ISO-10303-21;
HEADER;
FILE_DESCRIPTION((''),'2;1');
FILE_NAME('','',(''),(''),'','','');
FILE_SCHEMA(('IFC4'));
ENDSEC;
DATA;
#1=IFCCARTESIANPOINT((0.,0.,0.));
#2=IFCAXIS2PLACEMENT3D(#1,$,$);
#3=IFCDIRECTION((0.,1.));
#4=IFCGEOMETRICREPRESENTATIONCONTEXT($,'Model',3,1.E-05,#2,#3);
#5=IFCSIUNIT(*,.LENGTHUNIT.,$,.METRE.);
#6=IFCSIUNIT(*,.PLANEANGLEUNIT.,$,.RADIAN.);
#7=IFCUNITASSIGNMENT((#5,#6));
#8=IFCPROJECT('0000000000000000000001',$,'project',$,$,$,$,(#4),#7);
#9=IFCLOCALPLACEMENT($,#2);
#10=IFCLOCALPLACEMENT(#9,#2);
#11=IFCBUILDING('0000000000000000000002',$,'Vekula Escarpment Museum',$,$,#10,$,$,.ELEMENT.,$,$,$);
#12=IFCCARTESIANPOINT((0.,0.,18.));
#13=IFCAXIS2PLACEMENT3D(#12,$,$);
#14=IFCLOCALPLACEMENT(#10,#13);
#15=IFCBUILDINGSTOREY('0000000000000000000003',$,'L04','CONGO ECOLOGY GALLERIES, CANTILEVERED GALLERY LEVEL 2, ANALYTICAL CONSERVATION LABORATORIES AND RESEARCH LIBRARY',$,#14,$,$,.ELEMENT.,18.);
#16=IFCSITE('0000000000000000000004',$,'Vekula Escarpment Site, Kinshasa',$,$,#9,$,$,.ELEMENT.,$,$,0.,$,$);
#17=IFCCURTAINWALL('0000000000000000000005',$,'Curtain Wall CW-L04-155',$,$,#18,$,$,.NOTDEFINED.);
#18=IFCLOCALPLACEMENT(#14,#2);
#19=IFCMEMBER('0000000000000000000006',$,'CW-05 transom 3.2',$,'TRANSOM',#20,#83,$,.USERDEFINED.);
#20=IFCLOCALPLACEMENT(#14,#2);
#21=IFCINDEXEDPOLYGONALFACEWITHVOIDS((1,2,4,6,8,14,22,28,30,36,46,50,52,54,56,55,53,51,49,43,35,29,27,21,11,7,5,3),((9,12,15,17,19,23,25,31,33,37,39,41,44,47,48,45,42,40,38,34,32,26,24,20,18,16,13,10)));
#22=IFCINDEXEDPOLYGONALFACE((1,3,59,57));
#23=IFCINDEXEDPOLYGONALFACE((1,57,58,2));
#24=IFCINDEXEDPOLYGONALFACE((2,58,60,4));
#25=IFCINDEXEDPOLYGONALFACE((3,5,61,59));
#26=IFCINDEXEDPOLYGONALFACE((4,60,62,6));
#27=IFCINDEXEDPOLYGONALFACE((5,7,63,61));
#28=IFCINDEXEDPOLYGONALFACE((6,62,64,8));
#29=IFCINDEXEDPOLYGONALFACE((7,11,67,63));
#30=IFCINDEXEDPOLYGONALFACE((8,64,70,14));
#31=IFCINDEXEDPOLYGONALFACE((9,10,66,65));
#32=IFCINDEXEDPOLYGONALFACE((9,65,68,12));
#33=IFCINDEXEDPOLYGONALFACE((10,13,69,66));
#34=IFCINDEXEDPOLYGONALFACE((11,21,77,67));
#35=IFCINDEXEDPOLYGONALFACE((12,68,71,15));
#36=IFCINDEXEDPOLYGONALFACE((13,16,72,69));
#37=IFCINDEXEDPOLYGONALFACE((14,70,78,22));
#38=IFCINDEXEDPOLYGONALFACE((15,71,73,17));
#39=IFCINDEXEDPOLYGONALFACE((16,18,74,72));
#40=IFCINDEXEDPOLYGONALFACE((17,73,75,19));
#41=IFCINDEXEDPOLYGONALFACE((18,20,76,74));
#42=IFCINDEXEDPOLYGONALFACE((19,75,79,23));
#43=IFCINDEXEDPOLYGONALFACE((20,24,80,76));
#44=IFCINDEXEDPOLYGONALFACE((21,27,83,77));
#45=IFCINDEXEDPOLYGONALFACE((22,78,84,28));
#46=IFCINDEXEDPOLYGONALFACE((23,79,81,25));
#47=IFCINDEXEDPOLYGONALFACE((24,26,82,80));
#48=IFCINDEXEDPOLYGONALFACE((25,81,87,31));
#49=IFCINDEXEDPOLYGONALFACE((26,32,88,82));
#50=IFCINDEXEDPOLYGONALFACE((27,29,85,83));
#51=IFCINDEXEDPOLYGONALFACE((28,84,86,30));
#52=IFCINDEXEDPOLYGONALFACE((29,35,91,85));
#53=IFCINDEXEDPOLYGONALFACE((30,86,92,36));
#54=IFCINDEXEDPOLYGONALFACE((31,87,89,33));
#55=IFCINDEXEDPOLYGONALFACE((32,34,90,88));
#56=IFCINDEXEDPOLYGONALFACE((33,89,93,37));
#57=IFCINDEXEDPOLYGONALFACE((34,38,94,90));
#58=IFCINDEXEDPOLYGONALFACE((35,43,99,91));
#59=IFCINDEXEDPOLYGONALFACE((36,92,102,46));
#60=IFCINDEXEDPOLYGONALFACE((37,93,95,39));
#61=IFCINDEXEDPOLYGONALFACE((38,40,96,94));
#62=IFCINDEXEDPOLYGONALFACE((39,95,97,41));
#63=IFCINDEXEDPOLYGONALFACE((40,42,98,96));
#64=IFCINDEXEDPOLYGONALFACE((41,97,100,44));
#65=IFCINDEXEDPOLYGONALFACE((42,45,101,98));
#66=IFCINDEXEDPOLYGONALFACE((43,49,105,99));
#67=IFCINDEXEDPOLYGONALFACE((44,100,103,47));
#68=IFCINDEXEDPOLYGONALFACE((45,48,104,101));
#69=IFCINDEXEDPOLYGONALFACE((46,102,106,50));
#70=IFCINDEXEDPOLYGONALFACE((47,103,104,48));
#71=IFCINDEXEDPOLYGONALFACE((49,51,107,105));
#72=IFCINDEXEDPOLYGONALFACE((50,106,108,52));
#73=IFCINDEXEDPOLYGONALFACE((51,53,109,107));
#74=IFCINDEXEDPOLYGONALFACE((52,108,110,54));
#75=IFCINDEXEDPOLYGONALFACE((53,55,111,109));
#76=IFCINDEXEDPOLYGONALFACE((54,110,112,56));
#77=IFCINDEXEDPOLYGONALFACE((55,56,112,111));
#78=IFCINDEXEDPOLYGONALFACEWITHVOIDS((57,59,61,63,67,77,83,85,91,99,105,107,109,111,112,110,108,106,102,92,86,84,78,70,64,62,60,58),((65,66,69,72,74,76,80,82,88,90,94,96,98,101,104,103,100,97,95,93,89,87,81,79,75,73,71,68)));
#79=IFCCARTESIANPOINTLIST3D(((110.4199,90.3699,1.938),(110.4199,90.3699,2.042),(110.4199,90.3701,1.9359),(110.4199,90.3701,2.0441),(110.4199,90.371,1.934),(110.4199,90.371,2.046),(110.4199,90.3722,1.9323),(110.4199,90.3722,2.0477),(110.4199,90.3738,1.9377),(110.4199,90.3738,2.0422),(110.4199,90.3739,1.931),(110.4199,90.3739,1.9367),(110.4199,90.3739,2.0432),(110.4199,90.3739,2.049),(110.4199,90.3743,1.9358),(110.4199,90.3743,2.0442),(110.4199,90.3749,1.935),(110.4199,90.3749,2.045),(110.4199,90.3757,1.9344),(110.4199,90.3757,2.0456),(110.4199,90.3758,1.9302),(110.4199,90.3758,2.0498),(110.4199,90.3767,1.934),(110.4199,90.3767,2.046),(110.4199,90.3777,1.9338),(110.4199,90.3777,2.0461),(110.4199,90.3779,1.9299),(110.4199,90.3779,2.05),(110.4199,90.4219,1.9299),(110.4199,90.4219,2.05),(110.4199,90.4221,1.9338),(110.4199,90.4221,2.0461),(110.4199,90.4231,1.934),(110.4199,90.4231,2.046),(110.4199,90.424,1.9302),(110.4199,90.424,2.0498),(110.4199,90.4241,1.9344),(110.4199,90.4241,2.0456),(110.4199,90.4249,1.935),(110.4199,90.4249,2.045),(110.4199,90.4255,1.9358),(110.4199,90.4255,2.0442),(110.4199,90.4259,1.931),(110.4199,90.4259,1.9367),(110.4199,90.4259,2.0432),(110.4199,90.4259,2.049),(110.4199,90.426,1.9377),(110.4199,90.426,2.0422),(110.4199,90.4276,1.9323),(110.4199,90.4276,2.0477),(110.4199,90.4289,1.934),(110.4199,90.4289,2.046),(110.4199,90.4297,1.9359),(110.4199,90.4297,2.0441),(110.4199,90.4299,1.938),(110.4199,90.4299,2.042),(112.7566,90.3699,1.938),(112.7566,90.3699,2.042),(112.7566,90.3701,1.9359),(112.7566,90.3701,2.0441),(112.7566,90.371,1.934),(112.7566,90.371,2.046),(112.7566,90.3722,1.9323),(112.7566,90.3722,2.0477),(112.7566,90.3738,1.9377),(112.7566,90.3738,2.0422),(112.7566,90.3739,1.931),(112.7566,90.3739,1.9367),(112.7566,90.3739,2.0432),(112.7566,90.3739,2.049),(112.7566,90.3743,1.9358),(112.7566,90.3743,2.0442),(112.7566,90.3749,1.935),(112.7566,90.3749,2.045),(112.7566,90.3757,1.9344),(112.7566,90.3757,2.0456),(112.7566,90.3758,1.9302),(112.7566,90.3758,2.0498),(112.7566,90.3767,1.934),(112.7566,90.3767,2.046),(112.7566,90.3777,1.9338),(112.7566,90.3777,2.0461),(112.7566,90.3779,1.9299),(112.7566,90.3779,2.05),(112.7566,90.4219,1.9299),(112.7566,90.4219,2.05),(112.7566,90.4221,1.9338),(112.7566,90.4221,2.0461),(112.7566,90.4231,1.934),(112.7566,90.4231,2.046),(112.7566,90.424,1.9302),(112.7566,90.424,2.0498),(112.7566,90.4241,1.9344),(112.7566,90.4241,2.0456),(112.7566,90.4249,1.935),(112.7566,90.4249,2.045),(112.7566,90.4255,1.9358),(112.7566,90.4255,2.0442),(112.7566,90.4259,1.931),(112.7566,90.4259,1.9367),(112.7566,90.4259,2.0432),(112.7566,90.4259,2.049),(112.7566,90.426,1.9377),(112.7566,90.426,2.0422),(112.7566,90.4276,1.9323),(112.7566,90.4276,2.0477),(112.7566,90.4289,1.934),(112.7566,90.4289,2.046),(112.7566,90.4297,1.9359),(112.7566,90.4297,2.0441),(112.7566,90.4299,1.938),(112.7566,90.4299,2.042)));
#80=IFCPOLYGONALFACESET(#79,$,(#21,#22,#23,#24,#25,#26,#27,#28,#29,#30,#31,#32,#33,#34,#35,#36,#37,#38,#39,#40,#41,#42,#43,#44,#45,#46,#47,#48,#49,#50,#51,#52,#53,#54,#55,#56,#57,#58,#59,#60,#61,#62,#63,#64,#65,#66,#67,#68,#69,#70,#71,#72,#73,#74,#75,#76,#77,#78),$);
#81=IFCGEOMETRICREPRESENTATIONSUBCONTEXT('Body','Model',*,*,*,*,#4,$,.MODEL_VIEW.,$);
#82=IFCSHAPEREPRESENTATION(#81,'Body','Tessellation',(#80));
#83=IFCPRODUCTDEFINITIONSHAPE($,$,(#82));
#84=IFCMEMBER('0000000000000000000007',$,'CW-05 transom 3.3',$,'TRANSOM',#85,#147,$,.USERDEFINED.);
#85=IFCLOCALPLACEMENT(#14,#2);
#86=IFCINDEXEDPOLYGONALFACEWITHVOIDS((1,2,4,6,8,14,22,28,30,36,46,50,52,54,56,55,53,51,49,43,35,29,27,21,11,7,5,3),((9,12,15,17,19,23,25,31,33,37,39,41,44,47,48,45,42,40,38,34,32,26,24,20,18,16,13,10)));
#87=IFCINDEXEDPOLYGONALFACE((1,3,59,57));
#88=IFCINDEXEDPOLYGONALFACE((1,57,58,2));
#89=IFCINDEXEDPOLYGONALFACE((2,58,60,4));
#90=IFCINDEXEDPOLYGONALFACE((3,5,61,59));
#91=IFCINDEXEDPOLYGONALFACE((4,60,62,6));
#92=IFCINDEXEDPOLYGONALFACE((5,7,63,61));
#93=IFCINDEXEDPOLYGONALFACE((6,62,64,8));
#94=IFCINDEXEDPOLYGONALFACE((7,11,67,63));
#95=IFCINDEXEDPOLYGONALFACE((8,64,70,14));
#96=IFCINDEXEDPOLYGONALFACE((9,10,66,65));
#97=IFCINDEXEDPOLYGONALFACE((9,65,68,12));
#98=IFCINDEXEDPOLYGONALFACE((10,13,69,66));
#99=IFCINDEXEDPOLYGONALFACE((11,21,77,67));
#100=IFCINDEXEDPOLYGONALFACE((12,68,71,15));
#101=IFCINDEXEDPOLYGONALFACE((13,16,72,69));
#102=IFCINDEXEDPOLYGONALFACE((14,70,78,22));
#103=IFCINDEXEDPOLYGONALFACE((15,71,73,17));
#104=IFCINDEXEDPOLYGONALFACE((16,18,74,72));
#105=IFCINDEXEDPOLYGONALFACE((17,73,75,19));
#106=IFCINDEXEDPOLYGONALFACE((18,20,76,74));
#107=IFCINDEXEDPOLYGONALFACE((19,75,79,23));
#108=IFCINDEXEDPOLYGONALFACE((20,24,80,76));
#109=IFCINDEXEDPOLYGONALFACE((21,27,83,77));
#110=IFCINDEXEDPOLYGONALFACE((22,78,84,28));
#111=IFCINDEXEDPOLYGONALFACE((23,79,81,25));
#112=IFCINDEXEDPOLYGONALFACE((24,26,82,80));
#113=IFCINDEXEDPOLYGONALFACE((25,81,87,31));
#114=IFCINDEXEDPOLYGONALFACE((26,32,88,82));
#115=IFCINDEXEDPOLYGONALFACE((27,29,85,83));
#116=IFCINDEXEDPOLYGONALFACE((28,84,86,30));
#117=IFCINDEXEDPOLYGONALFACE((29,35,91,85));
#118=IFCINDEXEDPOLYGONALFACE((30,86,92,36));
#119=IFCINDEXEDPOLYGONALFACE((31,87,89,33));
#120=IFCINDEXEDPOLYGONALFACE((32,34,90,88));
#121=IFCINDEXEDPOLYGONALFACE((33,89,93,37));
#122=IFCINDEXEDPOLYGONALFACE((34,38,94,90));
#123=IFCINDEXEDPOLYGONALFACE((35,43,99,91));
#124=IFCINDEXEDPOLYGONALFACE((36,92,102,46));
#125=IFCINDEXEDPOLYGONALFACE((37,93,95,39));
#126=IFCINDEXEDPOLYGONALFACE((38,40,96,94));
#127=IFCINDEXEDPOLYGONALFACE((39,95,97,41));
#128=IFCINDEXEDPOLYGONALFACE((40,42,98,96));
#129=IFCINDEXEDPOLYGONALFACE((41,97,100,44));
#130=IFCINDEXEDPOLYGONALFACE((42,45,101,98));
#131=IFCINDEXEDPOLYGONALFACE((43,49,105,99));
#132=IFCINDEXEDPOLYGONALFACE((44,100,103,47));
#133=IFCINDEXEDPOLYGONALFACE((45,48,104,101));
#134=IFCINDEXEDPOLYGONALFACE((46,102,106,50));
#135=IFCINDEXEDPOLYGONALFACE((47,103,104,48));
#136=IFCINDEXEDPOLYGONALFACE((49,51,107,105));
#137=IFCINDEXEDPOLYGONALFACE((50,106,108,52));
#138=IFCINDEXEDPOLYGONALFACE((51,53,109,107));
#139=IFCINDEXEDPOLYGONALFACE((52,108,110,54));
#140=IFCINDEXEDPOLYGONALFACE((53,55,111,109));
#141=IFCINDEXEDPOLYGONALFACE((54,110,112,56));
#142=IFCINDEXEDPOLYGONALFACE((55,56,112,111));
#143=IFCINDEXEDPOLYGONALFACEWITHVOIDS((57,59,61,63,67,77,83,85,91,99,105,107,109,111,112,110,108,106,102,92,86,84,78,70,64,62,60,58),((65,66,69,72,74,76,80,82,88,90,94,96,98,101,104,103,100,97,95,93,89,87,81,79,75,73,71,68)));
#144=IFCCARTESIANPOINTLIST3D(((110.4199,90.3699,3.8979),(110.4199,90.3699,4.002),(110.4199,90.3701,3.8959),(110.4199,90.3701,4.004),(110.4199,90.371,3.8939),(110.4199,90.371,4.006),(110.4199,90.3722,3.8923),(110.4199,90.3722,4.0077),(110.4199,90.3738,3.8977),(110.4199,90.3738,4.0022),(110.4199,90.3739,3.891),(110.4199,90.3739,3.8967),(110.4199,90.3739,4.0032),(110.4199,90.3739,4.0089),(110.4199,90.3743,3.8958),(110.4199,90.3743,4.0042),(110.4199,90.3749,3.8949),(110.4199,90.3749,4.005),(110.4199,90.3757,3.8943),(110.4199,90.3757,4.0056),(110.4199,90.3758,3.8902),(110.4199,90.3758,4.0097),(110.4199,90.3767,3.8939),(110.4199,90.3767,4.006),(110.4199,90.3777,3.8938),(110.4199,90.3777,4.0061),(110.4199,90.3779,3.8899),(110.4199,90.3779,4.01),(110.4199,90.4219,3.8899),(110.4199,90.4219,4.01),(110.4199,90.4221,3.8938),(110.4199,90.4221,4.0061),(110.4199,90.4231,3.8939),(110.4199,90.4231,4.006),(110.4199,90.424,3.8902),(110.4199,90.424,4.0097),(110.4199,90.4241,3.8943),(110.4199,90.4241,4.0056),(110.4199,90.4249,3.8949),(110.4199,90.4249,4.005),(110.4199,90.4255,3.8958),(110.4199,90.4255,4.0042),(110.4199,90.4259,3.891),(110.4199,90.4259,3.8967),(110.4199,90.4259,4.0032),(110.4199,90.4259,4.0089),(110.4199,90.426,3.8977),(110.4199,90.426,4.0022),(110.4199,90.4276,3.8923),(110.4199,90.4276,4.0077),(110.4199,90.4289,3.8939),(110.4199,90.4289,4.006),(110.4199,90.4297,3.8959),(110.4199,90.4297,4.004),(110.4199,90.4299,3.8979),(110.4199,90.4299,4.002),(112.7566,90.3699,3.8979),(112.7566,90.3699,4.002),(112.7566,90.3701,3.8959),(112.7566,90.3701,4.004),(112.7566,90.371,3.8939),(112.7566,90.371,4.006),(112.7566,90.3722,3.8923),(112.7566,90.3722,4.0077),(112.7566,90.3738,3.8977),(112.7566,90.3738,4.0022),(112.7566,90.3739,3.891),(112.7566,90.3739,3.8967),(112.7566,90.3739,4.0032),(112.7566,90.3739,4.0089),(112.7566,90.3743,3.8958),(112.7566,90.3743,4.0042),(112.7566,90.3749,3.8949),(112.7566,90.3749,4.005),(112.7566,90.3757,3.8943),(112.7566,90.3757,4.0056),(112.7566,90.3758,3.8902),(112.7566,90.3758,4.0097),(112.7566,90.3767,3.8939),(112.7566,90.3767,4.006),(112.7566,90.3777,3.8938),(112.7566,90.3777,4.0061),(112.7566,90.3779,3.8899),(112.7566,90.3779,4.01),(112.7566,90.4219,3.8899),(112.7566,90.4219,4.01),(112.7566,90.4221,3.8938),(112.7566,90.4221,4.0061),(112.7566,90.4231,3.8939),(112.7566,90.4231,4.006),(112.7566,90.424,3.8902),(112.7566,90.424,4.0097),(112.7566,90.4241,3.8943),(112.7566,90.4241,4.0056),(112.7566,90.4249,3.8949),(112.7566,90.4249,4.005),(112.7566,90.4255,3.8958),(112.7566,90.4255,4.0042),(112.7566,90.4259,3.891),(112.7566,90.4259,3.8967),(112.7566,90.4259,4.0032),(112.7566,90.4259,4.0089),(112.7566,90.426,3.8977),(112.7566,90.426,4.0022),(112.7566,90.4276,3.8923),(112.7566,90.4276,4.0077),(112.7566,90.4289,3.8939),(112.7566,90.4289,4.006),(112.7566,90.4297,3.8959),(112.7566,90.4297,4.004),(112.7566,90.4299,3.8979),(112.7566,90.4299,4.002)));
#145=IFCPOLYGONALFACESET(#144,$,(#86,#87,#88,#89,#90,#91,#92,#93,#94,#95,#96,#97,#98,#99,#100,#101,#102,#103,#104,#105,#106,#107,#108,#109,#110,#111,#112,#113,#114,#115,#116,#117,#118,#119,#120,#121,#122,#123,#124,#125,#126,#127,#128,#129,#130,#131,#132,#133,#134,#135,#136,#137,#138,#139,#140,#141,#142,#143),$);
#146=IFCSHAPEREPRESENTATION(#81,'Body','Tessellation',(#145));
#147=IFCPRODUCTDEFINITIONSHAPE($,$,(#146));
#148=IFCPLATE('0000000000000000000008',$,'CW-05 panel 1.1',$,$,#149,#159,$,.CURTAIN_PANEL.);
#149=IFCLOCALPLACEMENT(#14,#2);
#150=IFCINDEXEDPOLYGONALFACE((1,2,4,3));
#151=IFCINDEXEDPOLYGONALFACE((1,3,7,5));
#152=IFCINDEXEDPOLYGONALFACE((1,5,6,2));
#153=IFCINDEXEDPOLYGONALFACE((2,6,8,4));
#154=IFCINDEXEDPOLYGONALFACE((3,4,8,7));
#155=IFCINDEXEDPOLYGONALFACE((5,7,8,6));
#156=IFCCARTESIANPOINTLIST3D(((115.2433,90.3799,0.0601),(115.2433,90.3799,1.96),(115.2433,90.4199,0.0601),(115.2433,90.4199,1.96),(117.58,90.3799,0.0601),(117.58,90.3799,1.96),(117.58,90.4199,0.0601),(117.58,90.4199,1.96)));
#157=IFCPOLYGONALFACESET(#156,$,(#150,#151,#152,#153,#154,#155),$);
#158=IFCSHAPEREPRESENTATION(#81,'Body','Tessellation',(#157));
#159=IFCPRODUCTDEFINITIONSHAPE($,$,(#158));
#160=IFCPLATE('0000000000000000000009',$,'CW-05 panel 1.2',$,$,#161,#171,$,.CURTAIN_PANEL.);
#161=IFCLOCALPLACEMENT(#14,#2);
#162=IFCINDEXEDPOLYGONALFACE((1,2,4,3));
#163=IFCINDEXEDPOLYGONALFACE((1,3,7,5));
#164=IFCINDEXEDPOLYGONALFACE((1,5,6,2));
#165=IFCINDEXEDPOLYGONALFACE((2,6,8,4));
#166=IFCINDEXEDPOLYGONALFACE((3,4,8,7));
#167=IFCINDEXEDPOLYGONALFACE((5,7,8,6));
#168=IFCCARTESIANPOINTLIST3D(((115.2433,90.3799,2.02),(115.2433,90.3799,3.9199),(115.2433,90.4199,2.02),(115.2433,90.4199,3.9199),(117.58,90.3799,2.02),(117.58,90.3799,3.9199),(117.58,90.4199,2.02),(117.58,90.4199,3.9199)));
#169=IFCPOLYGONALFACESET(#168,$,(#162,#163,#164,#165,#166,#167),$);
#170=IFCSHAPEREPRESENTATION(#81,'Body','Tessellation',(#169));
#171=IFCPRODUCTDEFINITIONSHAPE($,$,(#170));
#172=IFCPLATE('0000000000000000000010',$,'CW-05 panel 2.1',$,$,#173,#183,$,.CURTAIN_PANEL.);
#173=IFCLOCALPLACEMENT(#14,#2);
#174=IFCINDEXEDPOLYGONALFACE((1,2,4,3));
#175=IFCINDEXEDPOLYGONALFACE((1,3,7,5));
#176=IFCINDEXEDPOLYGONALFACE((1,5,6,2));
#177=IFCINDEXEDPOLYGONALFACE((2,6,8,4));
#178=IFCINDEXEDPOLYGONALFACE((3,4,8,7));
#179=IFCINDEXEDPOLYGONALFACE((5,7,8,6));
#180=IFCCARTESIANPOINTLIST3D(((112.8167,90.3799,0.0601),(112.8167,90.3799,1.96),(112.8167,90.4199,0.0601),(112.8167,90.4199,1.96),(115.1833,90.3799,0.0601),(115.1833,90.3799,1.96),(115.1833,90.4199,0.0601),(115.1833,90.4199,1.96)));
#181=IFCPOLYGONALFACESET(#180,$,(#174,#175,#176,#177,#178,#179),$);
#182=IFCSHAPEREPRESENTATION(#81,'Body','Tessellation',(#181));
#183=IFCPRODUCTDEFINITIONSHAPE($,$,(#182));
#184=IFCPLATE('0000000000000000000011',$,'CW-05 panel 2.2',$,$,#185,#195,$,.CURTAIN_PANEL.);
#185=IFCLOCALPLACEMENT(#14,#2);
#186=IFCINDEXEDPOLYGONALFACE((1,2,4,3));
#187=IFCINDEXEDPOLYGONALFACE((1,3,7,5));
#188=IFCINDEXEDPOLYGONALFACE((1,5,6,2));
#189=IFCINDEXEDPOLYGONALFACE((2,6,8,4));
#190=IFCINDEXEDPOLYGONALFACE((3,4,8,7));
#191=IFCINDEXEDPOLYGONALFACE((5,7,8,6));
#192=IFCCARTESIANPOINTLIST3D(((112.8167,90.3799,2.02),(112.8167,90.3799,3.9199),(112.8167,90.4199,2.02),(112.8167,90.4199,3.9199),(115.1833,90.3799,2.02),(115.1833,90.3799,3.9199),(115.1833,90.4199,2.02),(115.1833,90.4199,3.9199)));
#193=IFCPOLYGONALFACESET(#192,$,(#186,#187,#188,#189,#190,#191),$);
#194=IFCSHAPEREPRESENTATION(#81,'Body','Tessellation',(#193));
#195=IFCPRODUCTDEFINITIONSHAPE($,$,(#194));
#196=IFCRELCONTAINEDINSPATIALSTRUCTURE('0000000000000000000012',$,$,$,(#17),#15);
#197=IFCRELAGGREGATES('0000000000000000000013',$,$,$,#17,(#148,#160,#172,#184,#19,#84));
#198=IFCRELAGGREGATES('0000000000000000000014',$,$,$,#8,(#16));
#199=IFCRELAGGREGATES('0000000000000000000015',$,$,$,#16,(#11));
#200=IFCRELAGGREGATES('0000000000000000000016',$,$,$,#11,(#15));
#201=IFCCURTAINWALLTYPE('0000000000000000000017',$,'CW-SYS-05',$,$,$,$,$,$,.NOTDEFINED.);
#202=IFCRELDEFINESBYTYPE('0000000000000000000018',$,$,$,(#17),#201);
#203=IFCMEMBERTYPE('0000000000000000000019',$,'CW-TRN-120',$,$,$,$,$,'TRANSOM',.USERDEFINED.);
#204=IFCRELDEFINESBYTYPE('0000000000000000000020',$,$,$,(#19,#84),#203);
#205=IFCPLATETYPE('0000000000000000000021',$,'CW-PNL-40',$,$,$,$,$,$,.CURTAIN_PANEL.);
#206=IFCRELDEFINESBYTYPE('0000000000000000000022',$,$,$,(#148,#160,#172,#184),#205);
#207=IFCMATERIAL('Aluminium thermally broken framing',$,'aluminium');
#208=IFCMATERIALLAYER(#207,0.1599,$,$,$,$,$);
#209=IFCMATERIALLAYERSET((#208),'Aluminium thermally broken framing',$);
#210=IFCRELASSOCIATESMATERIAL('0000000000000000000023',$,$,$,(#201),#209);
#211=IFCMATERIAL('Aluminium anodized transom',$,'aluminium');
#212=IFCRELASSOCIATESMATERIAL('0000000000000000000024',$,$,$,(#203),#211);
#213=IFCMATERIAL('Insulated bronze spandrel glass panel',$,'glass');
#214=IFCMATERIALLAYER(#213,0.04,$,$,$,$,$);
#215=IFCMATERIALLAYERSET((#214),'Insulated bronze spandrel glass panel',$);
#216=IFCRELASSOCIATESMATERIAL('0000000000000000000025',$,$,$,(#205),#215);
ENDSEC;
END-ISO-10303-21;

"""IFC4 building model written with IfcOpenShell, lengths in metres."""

from ifc_helpers import new_model, si_unit, direction, frame, origin, origin_2d, place, context, subcontext, project, spatial, rectangle, hollow_rectangle, extrude, material, layer, layer_set, material_profile, profile_set, type_object, element, aggregate, save


model = new_model("IFC4")

# Units and contexts
model_context = context("Model", 3, precision=1e-05, world=origin(), true_north=direction((0.0, 1.0)))
body_context = subcontext(model_context, "Body", "Model", "MODEL_VIEW")
ifc_project = project(units=[si_unit("LENGTHUNIT", "METRE"), si_unit("PLANEANGLEUNIT", "RADIAN")], contexts=[model_context])

# Site, building, storey
site_placement = place(None, origin())
site = spatial("IfcSite", under=ifc_project, at=site_placement, Name="Vekula Escarpment Site, Kinshasa", CompositionType="ELEMENT", RefElevation=0.0)
building_placement = place(site_placement, origin())
building = spatial("IfcBuilding", under=site, at=building_placement, Name="Vekula Escarpment Museum", CompositionType="ELEMENT")
storey_placement = place(building_placement, frame((0.0, 0.0, 18.0)))
storey = spatial("IfcBuildingStorey", under=building, at=storey_placement, Name="L04", Description="CONGO ECOLOGY GALLERIES, CANTILEVERED GALLERY LEVEL 2, ANALYTICAL CONSERVATION LABORATORIES AND RESEARCH LIBRARY", CompositionType="ELEMENT", Elevation=18.0)

# Curtain wall, members, plates
ifc_material_1 = material(Name="Aluminium thermally broken framing", Category="aluminium")
ifc_layer_1 = layer(ifc_material_1, 0.1599)
ifc_layer_set_1 = layer_set([ifc_layer_1], Name="Aluminium thermally broken framing")
curtain_wall_type = type_object("IfcCurtainWallType", Name="CW-SYS-05", PredefinedType="NOTDEFINED", material=ifc_layer_set_1)
curtain_wall_placement = place(storey_placement, origin())
curtain_wall = element("IfcCurtainWall", 1, at=curtain_wall_placement, inside=storey, type_object=curtain_wall_type, Name="Curtain Wall CW-L04-155", PredefinedType="NOTDEFINED")
ifc_material_2 = material(Name="Aluminium anodized transom", Category="aluminium")
ifc_material_profile_1 = material_profile(ifc_material_2, hollow_rectangle(XDim=0.0601, YDim=0.1201, WallThickness=0.0039, InnerFilletRadius=0.0039, OuterFilletRadius=0.0081, at=origin_2d()), Name="ALU 120x60x4")
ifc_profile_set_1 = profile_set([ifc_material_profile_1], Name="Aluminium anodized transom")
member_type_1 = type_object("IfcMemberType", Name="CW-TRN-120", ElementType="TRANSOM", PredefinedType="USERDEFINED", material=ifc_profile_set_1)
member_1_placement = place(storey_placement, frame((112.7566, 90.3999, 1.99), z_axis=(-1.0, 0.0, 0.0), x_axis=(0.0, -1.0, 0.0)))
member_1 = element("IfcMember", 2, at=member_1_placement, type_object=member_type_1, Name="CW-05 transom 3.2", ObjectType="TRANSOM", PredefinedType="USERDEFINED", context=body_context, shape_type="SweptSolid", body=[
    extrude(hollow_rectangle(XDim=0.0601, YDim=0.1201, WallThickness=0.0039, InnerFilletRadius=0.0039, OuterFilletRadius=0.0081, at=origin_2d()), origin(), (0.0, 0.0, 1.0), 2.3367),
])
member_2_placement = place(storey_placement, frame((112.7566, 90.3999, 3.95), z_axis=(-1.0, 0.0, 0.0), x_axis=(0.0, -1.0, 0.0)))
member_2 = element("IfcMember", 3, at=member_2_placement, type_object=member_type_1, Name="CW-05 transom 3.3", ObjectType="TRANSOM", PredefinedType="USERDEFINED", context=body_context, shape_type="SweptSolid", body=[
    extrude(hollow_rectangle(XDim=0.0601, YDim=0.1201, WallThickness=0.0039, InnerFilletRadius=0.0039, OuterFilletRadius=0.0081, at=origin_2d()), origin(), (0.0, 0.0, 1.0), 2.3367),
])
ifc_material_3 = material(Name="Insulated bronze spandrel glass panel", Category="glass")
ifc_layer_2 = layer(ifc_material_3, 0.04)
ifc_layer_set_2 = layer_set([ifc_layer_2], Name="Insulated bronze spandrel glass panel")
plate_type = type_object("IfcPlateType", Name="CW-PNL-40", PredefinedType="CURTAIN_PANEL", material=ifc_layer_set_2)
plate_1_placement = place(storey_placement, frame((116.4116, 90.3999, 0.0601), z_axis=(0.0, 0.0, 1.0), x_axis=(-1.0, 0.0, 0.0)))
plate_1 = element("IfcPlate", 4, at=plate_1_placement, type_object=plate_type, Name="CW-05 panel 1.1", PredefinedType="CURTAIN_PANEL", context=body_context, shape_type="SweptSolid", body=[
    extrude(rectangle(XDim=2.3367, YDim=0.04, at=origin_2d()), origin(), (0.0, 0.0, 1.0), 1.8999),
])
plate_2_placement = place(storey_placement, frame((116.4116, 90.3999, 2.02), z_axis=(0.0, 0.0, 1.0), x_axis=(-1.0, 0.0, 0.0)))
plate_2 = element("IfcPlate", 5, at=plate_2_placement, type_object=plate_type, Name="CW-05 panel 1.2", PredefinedType="CURTAIN_PANEL", context=body_context, shape_type="SweptSolid", body=[
    extrude(rectangle(XDim=2.3367, YDim=0.04, at=origin_2d()), origin(), (0.0, 0.0, 1.0), 1.8999),
])
plate_3_placement = place(storey_placement, frame((114.0, 90.3999, 0.0601), z_axis=(0.0, 0.0, 1.0), x_axis=(-1.0, 0.0, 0.0)))
plate_3 = element("IfcPlate", 6, at=plate_3_placement, type_object=plate_type, Name="CW-05 panel 2.1", PredefinedType="CURTAIN_PANEL", context=body_context, shape_type="SweptSolid", body=[
    extrude(rectangle(XDim=2.3667, YDim=0.04, at=origin_2d()), origin(), (0.0, 0.0, 1.0), 1.8999),
])
plate_4_placement = place(storey_placement, frame((114.0, 90.3999, 2.02), z_axis=(0.0, 0.0, 1.0), x_axis=(-1.0, 0.0, 0.0)))
plate_4 = element("IfcPlate", 7, at=plate_4_placement, type_object=plate_type, Name="CW-05 panel 2.2", PredefinedType="CURTAIN_PANEL", context=body_context, shape_type="SweptSolid", body=[
    extrude(rectangle(XDim=2.3667, YDim=0.04, at=origin_2d()), origin(), (0.0, 0.0, 1.0), 1.8999),
])
aggregate(curtain_wall, [plate_1, plate_2, plate_3, plate_4, member_1, member_2])

save(model, "model.ifc")
